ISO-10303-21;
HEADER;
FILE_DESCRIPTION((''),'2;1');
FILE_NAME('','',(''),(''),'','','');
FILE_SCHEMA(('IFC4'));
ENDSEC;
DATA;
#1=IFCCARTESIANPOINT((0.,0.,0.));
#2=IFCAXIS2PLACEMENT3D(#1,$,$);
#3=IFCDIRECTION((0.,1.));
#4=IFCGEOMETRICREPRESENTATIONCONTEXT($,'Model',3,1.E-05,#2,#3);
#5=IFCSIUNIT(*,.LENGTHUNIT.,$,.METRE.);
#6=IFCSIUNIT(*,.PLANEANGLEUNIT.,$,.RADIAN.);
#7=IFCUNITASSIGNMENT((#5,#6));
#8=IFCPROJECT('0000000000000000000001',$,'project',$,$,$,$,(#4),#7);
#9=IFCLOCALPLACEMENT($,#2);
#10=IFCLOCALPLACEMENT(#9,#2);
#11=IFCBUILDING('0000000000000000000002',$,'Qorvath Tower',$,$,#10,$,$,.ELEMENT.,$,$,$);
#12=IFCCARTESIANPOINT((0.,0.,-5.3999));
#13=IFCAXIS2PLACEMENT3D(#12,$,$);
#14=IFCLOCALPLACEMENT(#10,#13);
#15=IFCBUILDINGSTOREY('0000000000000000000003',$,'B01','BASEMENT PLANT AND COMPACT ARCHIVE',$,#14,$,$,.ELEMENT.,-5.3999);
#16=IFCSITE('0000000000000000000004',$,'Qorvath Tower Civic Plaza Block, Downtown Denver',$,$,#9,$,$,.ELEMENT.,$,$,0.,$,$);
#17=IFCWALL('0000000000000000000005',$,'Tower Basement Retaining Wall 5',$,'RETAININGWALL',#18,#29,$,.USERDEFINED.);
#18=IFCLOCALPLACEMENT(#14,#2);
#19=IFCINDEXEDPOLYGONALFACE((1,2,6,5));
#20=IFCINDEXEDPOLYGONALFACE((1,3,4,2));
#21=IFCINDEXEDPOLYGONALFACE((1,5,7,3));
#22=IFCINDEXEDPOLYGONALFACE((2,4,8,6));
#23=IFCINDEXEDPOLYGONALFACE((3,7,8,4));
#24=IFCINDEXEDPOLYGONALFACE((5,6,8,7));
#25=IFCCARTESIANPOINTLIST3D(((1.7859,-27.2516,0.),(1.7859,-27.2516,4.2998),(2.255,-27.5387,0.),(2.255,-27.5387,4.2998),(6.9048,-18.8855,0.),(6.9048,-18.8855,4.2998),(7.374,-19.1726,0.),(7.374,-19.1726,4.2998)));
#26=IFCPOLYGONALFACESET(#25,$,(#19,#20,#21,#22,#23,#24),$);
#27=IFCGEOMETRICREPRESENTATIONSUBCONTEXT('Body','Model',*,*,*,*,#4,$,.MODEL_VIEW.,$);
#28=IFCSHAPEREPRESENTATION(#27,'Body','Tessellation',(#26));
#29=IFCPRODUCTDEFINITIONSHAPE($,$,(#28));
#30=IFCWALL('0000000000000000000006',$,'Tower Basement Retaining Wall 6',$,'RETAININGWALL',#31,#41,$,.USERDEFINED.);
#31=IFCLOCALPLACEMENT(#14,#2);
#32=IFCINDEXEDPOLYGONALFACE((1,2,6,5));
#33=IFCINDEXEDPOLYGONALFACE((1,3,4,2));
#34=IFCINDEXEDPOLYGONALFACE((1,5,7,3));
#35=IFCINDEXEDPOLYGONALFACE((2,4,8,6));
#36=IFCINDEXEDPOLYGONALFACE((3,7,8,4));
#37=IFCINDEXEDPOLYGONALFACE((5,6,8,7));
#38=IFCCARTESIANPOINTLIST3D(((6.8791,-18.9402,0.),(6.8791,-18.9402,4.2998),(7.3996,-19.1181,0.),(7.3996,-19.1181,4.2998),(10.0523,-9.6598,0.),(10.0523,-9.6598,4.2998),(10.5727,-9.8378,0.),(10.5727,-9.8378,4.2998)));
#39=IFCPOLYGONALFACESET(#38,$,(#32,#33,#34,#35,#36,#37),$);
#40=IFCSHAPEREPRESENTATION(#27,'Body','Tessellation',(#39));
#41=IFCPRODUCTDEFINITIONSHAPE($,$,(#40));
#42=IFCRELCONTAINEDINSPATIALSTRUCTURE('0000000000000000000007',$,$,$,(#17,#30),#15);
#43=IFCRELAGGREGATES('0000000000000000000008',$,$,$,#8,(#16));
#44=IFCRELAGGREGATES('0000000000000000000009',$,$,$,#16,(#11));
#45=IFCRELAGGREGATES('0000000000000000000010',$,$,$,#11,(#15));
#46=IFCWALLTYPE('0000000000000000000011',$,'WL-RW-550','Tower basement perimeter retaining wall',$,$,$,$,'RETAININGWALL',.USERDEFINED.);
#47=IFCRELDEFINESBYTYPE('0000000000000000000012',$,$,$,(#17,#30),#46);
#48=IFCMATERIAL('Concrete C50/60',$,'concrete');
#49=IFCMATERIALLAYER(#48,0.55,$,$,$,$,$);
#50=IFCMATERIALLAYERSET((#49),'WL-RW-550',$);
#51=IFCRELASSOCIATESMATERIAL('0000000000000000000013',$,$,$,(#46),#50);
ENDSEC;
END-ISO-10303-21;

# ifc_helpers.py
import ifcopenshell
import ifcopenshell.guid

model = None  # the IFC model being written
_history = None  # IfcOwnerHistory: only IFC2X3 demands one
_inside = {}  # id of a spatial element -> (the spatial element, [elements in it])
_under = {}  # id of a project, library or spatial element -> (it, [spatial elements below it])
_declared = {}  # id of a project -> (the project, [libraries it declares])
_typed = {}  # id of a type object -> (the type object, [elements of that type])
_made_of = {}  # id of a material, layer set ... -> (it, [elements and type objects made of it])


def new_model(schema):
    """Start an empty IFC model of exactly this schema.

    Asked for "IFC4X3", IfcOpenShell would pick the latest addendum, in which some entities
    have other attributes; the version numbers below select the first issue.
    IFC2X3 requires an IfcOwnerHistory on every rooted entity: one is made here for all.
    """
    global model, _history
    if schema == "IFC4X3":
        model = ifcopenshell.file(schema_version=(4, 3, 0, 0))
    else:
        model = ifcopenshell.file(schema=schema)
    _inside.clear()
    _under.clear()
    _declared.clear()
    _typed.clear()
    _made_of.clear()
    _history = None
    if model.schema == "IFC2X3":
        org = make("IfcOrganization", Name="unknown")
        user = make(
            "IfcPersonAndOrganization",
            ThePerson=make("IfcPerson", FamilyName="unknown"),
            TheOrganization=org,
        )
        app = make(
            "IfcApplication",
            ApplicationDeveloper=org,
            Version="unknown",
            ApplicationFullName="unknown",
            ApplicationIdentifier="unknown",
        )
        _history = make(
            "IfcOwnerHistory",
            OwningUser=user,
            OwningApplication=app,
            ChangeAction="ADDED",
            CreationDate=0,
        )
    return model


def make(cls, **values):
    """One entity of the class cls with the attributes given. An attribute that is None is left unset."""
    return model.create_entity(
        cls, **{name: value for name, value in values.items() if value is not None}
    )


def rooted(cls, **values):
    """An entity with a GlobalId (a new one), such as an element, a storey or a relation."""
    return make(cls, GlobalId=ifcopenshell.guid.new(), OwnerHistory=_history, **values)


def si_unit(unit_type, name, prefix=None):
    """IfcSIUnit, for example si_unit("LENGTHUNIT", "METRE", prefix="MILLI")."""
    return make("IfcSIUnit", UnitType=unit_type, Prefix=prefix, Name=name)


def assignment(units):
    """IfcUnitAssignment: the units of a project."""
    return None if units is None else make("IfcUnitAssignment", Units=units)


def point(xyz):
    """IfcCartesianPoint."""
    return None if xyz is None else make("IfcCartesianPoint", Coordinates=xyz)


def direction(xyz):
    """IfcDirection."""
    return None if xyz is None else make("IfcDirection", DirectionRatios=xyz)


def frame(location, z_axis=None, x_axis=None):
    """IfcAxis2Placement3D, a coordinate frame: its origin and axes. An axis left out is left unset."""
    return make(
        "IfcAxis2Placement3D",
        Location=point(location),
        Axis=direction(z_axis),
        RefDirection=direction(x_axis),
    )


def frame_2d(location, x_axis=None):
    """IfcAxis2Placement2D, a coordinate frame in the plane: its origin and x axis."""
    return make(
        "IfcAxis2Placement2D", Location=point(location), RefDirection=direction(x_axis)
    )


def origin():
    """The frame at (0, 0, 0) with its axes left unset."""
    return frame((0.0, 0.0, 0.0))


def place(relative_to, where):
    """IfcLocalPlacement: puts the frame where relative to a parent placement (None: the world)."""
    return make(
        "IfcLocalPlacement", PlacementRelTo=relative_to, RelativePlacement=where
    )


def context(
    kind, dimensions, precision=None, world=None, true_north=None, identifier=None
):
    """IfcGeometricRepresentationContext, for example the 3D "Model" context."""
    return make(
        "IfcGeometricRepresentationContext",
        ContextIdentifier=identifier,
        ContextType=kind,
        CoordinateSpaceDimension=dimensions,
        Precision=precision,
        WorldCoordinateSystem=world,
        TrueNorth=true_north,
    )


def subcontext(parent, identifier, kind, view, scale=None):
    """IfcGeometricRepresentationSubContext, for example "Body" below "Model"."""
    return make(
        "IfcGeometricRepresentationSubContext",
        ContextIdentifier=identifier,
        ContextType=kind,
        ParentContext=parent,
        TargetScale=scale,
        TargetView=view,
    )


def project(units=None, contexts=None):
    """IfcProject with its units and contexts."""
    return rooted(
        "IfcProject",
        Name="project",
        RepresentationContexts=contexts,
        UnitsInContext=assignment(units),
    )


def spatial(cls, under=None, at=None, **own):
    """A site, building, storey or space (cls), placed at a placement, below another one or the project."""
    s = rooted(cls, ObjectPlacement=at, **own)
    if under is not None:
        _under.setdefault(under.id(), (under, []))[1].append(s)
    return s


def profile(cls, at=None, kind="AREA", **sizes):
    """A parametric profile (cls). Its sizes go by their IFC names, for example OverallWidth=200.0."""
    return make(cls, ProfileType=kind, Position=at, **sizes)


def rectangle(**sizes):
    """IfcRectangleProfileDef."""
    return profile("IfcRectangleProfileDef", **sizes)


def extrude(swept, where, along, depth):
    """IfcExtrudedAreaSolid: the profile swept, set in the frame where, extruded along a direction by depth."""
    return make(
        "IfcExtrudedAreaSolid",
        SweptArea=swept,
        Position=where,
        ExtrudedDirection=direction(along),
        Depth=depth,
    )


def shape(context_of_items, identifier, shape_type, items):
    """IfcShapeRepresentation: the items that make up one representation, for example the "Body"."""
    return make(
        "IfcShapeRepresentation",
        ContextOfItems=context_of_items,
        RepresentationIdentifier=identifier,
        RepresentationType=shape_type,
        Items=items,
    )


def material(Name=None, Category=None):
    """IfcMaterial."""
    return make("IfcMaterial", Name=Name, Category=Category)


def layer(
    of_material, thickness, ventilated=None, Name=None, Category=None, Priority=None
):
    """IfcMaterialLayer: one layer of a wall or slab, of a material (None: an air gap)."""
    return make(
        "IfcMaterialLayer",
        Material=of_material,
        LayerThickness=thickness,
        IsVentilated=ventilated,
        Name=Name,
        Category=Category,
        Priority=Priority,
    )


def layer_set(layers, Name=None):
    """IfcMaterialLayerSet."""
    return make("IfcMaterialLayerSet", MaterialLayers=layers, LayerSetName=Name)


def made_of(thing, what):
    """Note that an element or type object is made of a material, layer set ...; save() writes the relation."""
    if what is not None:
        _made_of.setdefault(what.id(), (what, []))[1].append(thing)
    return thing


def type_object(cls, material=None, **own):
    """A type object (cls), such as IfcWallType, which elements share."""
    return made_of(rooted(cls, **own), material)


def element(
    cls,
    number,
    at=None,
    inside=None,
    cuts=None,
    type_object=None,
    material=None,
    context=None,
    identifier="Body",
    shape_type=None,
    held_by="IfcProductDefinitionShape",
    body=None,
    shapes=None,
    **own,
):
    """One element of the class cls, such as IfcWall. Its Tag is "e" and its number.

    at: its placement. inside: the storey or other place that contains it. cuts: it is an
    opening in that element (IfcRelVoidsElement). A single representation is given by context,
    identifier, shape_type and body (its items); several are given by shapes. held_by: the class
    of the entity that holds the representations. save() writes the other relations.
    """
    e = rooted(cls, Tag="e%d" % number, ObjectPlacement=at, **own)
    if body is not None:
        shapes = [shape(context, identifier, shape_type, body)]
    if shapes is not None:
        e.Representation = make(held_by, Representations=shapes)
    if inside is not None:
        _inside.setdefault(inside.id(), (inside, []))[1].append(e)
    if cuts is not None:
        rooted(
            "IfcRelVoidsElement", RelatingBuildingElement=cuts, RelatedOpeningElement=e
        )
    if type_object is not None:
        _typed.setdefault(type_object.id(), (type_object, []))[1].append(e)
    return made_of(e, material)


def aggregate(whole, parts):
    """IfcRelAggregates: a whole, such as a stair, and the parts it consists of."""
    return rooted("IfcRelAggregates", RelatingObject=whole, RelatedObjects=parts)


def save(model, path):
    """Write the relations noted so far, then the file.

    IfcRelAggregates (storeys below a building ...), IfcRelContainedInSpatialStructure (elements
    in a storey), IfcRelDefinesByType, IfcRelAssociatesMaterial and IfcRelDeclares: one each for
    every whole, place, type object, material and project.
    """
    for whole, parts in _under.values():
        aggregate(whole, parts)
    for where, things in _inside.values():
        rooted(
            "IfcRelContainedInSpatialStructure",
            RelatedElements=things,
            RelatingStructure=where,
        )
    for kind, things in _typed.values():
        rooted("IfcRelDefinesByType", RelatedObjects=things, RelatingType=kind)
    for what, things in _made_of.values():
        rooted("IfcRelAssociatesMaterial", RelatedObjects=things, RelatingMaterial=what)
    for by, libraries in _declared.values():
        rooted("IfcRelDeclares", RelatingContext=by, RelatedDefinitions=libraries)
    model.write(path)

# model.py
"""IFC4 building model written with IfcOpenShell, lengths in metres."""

from ifc_helpers import new_model, si_unit, direction, frame, frame_2d, origin, place, context, subcontext, project, spatial, rectangle, extrude, material, layer, layer_set, type_object, element, save


model = new_model("IFC4")

# Units and contexts
model_context = context("Model", 3, precision=1e-05, world=origin(), true_north=direction((0.0, 1.0)))
body_context = subcontext(model_context, "Body", "Model", "MODEL_VIEW")
ifc_project = project(units=[si_unit("LENGTHUNIT", "METRE"), si_unit("PLANEANGLEUNIT", "RADIAN")], contexts=[model_context])

# Site, building, storey
site_placement = place(None, origin())
site = spatial("IfcSite", under=ifc_project, at=site_placement, Name="Qorvath Tower Civic Plaza Block, Downtown Denver", CompositionType="ELEMENT", RefElevation=0.0)
building_placement = place(site_placement, origin())
building = spatial("IfcBuilding", under=site, at=building_placement, Name="Qorvath Tower", CompositionType="ELEMENT")
storey_placement = place(building_placement, frame((0.0, 0.0, -5.3999)))
storey = spatial("IfcBuildingStorey", under=building, at=storey_placement, Name="B01", Description="BASEMENT PLANT AND COMPACT ARCHIVE", CompositionType="ELEMENT", Elevation=-5.3999)

# Walls
ifc_material_1 = material(Name="Concrete C50/60", Category="concrete")
ifc_layer_1 = layer(ifc_material_1, 0.55)
ifc_layer_set_1 = layer_set([ifc_layer_1], Name="WL-RW-550")
wall_type_1 = type_object("IfcWallType", Name="WL-RW-550", Description="Tower basement perimeter retaining wall", ElementType="RETAININGWALL", PredefinedType="USERDEFINED", material=ifc_layer_set_1)
for number, where, z_axis, x_axis, name in (
    (1, (2.0205, -27.395, 0.0), (0.0, 0.0, 1.0), (0.521922, 0.852993, 0.0), "Tower Basement Retaining Wall 5"),
    (2, (7.1394, -19.0291, 0.0), (0.0, 0.0, 1.0), (0.323529, 0.946218, 0.0), "Tower Basement Retaining Wall 6"),
):
    element("IfcWall", number, at=place(storey_placement, frame(where, z_axis=z_axis, x_axis=x_axis)), inside=storey, type_object=wall_type_1, Name=name, ObjectType="RETAININGWALL", PredefinedType="USERDEFINED", context=body_context, shape_type="SweptSolid", body=[
        extrude(rectangle(XDim=9.8079, YDim=0.55, at=frame_2d((4.9038, 0.0))), origin(), (0.0, 0.0, 1.0), 4.2998),
    ])

save(model, "model.ifc")
